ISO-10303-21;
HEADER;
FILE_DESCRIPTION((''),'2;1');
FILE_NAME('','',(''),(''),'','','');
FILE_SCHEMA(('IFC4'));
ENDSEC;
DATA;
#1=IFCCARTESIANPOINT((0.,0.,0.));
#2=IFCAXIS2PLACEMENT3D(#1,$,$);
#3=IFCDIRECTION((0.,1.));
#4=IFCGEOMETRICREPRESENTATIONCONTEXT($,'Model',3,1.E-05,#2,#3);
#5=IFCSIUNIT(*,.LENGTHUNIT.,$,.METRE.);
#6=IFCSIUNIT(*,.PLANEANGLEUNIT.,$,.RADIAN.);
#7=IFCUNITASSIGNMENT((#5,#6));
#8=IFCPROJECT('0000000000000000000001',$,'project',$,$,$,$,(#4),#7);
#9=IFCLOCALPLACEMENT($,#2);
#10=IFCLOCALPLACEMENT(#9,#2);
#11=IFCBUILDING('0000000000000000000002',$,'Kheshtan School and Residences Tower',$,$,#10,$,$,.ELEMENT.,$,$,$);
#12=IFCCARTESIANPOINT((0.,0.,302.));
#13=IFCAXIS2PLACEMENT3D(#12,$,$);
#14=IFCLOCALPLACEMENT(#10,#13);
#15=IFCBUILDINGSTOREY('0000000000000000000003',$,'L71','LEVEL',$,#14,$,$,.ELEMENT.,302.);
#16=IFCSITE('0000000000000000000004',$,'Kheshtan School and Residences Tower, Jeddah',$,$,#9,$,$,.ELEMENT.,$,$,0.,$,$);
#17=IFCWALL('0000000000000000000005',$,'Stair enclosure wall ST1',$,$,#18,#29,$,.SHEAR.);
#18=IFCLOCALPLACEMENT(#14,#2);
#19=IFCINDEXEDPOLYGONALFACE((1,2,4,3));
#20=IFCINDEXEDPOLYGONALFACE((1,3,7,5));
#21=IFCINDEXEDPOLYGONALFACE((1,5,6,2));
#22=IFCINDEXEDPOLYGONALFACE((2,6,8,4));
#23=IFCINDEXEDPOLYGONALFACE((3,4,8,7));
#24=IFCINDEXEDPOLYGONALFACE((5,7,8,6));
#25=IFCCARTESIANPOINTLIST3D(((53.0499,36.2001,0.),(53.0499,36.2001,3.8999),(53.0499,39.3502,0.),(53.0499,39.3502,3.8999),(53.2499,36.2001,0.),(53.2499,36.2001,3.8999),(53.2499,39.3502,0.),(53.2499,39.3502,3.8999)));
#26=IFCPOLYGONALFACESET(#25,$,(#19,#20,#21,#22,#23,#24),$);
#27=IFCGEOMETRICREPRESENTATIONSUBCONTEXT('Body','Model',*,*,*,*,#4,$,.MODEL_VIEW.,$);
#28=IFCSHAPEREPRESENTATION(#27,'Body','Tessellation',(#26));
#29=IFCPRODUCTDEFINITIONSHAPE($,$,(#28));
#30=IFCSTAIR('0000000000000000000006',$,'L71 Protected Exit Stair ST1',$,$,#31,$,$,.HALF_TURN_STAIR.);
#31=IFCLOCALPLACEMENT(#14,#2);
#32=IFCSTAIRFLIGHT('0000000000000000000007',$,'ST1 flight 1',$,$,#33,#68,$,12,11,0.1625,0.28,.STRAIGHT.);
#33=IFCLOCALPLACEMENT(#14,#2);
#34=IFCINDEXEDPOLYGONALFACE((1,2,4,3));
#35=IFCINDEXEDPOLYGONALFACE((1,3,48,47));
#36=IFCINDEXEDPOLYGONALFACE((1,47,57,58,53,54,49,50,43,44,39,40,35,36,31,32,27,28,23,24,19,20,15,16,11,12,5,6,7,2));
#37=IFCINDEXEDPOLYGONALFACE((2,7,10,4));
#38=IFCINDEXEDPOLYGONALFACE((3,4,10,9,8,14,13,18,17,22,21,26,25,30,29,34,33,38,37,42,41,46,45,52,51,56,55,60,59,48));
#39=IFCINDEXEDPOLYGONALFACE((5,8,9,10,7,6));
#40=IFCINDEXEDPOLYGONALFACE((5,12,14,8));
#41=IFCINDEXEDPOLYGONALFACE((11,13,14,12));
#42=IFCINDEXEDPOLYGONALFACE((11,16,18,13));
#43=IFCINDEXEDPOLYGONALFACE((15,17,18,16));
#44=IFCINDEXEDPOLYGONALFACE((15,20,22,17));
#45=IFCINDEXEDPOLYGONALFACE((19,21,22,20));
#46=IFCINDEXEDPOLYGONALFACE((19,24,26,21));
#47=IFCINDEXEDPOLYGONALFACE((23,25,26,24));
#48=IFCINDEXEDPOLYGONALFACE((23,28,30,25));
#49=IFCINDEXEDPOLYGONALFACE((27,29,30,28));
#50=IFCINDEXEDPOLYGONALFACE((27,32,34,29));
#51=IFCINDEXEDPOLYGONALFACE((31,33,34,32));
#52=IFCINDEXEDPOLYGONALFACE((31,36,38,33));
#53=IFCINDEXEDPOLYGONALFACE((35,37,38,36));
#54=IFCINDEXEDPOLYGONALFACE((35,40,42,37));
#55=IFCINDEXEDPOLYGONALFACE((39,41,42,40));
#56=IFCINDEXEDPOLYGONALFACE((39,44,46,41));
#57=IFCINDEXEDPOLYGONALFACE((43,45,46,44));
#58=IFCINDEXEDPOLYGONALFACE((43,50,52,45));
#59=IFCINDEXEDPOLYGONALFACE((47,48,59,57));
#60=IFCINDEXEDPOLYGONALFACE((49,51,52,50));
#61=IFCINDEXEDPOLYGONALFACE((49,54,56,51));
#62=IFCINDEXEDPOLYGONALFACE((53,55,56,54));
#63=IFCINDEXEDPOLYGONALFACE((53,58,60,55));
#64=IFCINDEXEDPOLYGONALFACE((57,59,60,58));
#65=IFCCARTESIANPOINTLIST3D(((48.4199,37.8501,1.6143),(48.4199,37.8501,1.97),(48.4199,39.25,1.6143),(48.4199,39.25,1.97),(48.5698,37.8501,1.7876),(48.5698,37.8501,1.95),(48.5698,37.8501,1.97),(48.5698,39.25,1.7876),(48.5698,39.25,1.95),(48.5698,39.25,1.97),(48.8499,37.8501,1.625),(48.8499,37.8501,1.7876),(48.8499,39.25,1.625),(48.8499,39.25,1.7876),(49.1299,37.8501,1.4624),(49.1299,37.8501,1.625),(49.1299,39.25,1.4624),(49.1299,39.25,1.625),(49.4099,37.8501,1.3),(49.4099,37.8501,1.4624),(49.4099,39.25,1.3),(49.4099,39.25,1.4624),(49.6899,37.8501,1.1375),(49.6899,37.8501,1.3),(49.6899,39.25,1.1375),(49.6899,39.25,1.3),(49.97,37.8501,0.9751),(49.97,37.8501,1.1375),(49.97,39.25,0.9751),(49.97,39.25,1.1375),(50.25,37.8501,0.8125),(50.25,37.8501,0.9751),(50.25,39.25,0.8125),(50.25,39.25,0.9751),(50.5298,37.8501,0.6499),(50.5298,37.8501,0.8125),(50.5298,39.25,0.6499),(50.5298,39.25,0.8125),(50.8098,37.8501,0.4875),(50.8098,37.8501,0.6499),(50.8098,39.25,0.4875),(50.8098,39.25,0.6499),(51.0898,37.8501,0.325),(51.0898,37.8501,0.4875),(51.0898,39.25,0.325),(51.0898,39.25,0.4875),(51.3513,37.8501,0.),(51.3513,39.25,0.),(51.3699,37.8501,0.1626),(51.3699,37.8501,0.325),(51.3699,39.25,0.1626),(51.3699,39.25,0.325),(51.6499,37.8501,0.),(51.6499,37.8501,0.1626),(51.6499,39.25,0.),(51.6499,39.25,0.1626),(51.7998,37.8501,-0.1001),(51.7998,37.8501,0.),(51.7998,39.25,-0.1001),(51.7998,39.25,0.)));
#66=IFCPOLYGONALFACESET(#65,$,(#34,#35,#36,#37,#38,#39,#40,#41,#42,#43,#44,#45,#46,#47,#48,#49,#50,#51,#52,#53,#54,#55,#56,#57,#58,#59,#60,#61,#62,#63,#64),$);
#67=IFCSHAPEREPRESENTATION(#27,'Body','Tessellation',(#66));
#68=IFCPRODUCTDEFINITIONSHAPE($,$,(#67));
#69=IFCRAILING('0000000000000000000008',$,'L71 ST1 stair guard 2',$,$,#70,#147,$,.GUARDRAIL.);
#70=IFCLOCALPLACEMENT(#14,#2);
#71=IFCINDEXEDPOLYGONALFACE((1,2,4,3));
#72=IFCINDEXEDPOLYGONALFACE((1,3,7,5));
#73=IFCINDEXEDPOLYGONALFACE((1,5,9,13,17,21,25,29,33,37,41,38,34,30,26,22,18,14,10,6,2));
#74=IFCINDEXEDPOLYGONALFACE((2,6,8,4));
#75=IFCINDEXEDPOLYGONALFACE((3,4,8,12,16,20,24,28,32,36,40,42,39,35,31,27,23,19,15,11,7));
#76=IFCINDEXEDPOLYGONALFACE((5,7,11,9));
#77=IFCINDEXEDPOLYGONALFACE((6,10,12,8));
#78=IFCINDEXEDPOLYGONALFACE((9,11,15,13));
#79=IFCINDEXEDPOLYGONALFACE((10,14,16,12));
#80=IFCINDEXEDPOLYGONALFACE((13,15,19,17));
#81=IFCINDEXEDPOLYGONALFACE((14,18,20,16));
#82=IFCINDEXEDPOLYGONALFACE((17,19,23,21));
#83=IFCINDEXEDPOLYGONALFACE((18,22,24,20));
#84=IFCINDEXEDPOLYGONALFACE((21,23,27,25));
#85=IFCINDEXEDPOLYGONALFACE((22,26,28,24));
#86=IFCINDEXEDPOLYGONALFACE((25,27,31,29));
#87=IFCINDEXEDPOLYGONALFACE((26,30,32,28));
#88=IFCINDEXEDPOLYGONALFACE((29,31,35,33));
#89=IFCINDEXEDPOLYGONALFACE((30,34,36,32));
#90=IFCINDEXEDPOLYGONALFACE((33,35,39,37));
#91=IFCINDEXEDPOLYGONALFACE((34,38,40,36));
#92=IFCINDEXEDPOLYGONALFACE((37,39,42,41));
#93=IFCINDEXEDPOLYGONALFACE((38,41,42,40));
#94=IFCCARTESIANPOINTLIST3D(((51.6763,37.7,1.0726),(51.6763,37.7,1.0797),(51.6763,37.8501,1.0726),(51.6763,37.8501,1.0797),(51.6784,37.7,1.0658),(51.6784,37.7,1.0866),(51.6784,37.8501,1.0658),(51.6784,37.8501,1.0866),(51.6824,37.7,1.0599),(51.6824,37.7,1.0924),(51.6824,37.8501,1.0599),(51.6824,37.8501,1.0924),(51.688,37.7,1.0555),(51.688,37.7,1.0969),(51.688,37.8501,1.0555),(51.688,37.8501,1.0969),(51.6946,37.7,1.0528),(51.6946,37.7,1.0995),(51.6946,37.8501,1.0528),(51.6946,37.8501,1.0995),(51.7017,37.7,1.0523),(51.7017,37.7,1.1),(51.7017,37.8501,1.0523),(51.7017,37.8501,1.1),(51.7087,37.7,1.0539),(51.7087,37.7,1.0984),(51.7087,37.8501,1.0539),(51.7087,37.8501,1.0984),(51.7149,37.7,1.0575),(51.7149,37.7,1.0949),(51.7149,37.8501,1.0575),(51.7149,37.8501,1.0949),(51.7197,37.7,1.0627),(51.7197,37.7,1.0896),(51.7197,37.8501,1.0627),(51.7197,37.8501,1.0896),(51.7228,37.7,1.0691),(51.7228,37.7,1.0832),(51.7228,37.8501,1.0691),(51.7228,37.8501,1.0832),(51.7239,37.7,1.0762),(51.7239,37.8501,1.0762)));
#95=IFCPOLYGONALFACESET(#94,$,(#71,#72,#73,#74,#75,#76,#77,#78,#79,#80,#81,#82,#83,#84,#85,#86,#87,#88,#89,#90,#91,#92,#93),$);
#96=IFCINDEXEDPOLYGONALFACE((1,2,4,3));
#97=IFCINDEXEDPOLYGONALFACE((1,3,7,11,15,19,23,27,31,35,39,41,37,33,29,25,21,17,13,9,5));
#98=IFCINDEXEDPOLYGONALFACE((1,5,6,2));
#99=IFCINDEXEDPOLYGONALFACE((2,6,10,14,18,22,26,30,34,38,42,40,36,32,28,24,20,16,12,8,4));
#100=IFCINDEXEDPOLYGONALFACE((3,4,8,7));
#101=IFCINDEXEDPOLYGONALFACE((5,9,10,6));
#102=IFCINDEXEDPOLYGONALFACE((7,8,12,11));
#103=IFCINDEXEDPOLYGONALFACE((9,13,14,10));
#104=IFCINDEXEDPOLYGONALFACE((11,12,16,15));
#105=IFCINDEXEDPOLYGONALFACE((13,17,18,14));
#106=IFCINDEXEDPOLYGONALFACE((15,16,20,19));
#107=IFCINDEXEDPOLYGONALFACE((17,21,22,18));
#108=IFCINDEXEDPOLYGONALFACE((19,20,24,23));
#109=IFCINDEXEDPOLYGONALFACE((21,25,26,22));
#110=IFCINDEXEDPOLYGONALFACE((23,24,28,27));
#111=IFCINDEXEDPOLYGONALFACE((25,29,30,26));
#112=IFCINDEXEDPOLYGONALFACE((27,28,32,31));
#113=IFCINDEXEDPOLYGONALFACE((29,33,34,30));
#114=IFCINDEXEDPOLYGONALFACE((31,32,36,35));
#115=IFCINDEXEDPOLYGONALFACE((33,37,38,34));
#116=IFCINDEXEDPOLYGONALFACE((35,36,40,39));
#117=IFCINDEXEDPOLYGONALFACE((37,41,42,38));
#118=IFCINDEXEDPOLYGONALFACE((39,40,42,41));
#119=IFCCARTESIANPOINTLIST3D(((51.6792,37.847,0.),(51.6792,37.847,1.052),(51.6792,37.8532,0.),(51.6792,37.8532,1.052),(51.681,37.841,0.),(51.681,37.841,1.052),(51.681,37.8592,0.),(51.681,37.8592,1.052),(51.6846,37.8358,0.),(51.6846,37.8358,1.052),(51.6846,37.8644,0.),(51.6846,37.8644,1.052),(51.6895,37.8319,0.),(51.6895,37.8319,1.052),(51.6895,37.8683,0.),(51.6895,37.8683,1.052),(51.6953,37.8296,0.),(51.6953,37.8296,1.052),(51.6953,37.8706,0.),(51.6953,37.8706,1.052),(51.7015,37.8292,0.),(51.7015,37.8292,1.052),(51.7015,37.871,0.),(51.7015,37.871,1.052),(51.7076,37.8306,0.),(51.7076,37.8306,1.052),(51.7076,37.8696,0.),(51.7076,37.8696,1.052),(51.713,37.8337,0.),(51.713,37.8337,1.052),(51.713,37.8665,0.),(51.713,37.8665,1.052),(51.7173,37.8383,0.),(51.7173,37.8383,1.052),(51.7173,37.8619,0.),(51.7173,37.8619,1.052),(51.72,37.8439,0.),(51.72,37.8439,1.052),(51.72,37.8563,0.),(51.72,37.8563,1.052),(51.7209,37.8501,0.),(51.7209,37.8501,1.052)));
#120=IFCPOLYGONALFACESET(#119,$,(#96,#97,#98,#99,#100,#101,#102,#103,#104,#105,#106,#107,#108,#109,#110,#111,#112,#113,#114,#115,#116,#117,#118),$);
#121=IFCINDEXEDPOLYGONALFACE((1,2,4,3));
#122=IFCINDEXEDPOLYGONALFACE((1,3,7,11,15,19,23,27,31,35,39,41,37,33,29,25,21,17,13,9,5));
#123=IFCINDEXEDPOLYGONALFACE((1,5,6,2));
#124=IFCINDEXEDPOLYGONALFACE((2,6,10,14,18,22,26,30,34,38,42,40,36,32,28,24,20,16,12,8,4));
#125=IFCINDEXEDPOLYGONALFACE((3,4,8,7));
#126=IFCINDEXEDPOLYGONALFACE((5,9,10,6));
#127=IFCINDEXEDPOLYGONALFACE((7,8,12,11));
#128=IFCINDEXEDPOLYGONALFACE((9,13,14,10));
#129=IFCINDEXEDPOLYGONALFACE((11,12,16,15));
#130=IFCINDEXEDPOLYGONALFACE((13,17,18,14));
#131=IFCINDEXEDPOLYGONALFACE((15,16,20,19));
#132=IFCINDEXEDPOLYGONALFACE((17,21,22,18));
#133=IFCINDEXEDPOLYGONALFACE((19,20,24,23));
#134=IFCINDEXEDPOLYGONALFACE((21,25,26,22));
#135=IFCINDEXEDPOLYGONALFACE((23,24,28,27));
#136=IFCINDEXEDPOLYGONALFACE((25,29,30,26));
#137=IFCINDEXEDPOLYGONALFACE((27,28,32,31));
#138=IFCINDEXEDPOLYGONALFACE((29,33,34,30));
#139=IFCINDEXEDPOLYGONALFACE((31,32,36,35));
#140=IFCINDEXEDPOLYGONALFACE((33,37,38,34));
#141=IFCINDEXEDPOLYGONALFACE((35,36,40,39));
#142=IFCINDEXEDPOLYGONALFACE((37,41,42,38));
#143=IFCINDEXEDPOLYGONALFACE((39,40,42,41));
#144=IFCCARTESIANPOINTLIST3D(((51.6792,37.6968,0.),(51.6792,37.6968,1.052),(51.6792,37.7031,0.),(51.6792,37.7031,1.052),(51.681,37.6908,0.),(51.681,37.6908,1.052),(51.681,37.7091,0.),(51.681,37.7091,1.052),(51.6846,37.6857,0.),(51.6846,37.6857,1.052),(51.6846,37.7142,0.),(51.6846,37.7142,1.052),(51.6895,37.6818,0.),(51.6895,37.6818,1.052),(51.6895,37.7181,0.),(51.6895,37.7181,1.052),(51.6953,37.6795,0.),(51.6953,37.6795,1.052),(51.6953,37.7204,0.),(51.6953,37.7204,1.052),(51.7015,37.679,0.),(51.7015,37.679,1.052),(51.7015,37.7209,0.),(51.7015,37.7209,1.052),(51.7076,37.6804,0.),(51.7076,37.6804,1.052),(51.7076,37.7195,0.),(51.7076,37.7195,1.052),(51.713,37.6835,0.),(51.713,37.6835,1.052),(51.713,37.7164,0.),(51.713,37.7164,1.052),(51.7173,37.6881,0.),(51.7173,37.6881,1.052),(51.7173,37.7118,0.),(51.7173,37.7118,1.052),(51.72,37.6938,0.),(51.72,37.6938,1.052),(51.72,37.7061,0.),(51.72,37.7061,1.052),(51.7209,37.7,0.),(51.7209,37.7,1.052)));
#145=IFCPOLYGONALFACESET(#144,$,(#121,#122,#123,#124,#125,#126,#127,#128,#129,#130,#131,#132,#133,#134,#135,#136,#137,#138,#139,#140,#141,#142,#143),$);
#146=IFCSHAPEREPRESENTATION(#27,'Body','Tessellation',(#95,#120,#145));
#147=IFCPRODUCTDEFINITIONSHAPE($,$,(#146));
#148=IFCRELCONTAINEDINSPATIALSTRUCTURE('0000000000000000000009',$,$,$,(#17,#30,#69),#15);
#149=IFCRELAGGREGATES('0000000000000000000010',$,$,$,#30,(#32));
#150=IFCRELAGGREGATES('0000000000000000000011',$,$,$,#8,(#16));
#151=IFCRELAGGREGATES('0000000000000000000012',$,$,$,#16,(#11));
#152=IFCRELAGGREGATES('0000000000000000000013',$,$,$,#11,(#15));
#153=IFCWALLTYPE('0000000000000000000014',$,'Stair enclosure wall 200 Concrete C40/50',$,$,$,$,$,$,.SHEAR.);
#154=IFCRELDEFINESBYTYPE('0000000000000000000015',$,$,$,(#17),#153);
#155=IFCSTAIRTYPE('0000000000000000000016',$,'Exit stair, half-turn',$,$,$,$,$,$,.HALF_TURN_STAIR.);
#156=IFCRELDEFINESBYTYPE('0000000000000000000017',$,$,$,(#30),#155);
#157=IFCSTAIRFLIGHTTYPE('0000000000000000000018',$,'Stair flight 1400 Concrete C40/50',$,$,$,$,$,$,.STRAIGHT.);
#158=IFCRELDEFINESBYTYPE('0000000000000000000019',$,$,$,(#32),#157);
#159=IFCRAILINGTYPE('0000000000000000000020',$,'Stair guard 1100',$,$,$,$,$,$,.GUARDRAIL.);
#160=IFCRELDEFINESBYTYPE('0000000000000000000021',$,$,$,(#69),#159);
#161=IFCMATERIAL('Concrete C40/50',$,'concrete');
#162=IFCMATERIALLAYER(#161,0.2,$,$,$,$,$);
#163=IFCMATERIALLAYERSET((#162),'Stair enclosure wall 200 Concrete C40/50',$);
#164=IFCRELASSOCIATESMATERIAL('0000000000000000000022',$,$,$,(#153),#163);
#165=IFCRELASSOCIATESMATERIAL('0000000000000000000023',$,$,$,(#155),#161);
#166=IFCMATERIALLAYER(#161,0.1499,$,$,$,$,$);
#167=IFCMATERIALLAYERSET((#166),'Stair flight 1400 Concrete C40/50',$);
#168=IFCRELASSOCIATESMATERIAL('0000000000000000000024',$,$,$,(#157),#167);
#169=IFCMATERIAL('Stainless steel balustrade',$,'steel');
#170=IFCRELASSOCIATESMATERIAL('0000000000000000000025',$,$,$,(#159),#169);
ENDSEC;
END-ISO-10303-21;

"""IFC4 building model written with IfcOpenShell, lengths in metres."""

from ifc_helpers import new_model, si_unit, direction, frame, frame_2d, origin, origin_2d, place, context, subcontext, project, spatial, polyline, rectangle, circle, outline, extrude, material, layer, layer_set, type_object, element, aggregate, save


model = new_model("IFC4")

# Units and contexts
model_context = context("Model", 3, precision=1e-05, world=origin(), true_north=direction((0.0, 1.0)))
body_context = subcontext(model_context, "Body", "Model", "MODEL_VIEW")
ifc_project = project(units=[si_unit("LENGTHUNIT", "METRE"), si_unit("PLANEANGLEUNIT", "RADIAN")], contexts=[model_context])

# Site, building, storey
site_placement = place(None, origin())
site = spatial("IfcSite", under=ifc_project, at=site_placement, Name="Kheshtan School and Residences Tower, Jeddah", CompositionType="ELEMENT", RefElevation=0.0)
building_placement = place(site_placement, origin())
building = spatial("IfcBuilding", under=site, at=building_placement, Name="Kheshtan School and Residences Tower", CompositionType="ELEMENT")
storey_placement = place(building_placement, frame((0.0, 0.0, 302.0)))
storey = spatial("IfcBuildingStorey", under=building, at=storey_placement, Name="L71", Description="LEVEL", CompositionType="ELEMENT", Elevation=302.0)

# Wall
ifc_material_1 = material(Name="Concrete C40/50", Category="concrete")
ifc_layer_1 = layer(ifc_material_1, 0.2)
ifc_layer_set_1 = layer_set([ifc_layer_1], Name="Stair enclosure wall 200 Concrete C40/50")
wall_type_1 = type_object("IfcWallType", Name="Stair enclosure wall 200 Concrete C40/50", PredefinedType="SHEAR", material=ifc_layer_set_1)
wall_1_placement = place(storey_placement, frame((53.1499, 36.2, 0.0), z_axis=(0.0, 0.0, 1.0), x_axis=(0.0, 1.0, 0.0)))
element("IfcWall", 1, at=wall_1_placement, inside=storey, type_object=wall_type_1, Name="Stair enclosure wall ST1", PredefinedType="SHEAR", context=body_context, shape_type="SweptSolid", body=[
    extrude(rectangle(XDim=3.1501, YDim=0.2, at=frame_2d((1.5752, 0.0))), origin(), (0.0, 0.0, 1.0), 3.8999),
])

# Stair, stair flight
stair_type = type_object("IfcStairType", Name="Exit stair, half-turn", PredefinedType="HALF_TURN_STAIR", material=ifc_material_1)
stair_placement = place(storey_placement, origin())
stair = element("IfcStair", 2, at=stair_placement, inside=storey, type_object=stair_type, Name="L71 Protected Exit Stair ST1", PredefinedType="HALF_TURN_STAIR")
ifc_layer_2 = layer(ifc_material_1, 0.1499)
ifc_layer_set_2 = layer_set([ifc_layer_2], Name="Stair flight 1400 Concrete C40/50")
stair_flight_type = type_object("IfcStairFlightType", Name="Stair flight 1400 Concrete C40/50", PredefinedType="STRAIGHT", material=ifc_layer_set_2)
stair_flight_placement = place(storey_placement, frame((51.6499, 38.55, 0.0), z_axis=(0.0, 0.0, 1.0), x_axis=(-1.0, 0.0, 0.0)))
stair_flight = element("IfcStairFlight", 3, at=stair_flight_placement, type_object=stair_flight_type, Name="ST1 flight 1", NumberOfRisers=12, NumberOfTreads=11, PredefinedType="STRAIGHT", RiserHeight=0.1625, TreadLength=0.28, context=body_context, shape_type="SweptSolid", body=[
    extrude(outline(polyline([(-0.1499, -0.1001), (-0.1499, 0.0), (0.0, 0.0), (0.0, 0.1626), (0.28, 0.1626), (0.28, 0.325), (0.5601, 0.325), (0.5601, 0.4875), (0.8401, 0.4875), (0.8401, 0.6499), (1.1201, 0.6499), (1.1201, 0.8125), (1.3999, 0.8125), (1.3999, 0.9751), (1.6799, 0.9751), (1.6799, 1.1375), (1.96, 1.1375), (1.96, 1.3), (2.24, 1.3), (2.24, 1.4624), (2.52, 1.4624), (2.52, 1.625), (2.8, 1.625), (2.8, 1.7876), (3.0801, 1.7876), (3.0801, 1.95), (3.0801, 1.97), (3.23, 1.97), (3.23, 1.6143), (0.2986, 0.0), (-0.1499, -0.1001)])), frame((0.0, 0.7, 0.0), z_axis=(0.0, -1.0, 0.0), x_axis=(1.0, 0.0, 0.0)), (0.0, 0.0, 1.0), 1.3999),
])
aggregate(stair, [stair_flight])

# Railing
ifc_material_2 = material(Name="Stainless steel balustrade", Category="steel")
railing_type_1 = type_object("IfcRailingType", Name="Stair guard 1100", PredefinedType="GUARDRAIL", material=ifc_material_2)
railing_1_placement = place(storey_placement, frame((51.7, 37.8501, 0.0)))
element("IfcRailing", 4, at=railing_1_placement, inside=storey, type_object=railing_type_1, Name="L71 ST1 stair guard 2", PredefinedType="GUARDRAIL", context=body_context, shape_type="SweptSolid", body=[
    extrude(circle(Radius=0.0239, at=origin_2d()), frame((0.0, 0.0, 1.0762), z_axis=(0.0, -1.0, 0.0), x_axis=(1.0, 0.0, 0.0)), (0.0, 0.0, 1.0), 0.1501),
    extrude(circle(Radius=0.021, at=origin_2d()), origin(), (0.0, 0.0, 1.0), 1.052),
    extrude(circle(Radius=0.021, at=origin_2d()), frame((0.0, -0.1501, 0.0)), (0.0, 0.0, 1.0), 1.052),
])

save(model, "model.ifc")
